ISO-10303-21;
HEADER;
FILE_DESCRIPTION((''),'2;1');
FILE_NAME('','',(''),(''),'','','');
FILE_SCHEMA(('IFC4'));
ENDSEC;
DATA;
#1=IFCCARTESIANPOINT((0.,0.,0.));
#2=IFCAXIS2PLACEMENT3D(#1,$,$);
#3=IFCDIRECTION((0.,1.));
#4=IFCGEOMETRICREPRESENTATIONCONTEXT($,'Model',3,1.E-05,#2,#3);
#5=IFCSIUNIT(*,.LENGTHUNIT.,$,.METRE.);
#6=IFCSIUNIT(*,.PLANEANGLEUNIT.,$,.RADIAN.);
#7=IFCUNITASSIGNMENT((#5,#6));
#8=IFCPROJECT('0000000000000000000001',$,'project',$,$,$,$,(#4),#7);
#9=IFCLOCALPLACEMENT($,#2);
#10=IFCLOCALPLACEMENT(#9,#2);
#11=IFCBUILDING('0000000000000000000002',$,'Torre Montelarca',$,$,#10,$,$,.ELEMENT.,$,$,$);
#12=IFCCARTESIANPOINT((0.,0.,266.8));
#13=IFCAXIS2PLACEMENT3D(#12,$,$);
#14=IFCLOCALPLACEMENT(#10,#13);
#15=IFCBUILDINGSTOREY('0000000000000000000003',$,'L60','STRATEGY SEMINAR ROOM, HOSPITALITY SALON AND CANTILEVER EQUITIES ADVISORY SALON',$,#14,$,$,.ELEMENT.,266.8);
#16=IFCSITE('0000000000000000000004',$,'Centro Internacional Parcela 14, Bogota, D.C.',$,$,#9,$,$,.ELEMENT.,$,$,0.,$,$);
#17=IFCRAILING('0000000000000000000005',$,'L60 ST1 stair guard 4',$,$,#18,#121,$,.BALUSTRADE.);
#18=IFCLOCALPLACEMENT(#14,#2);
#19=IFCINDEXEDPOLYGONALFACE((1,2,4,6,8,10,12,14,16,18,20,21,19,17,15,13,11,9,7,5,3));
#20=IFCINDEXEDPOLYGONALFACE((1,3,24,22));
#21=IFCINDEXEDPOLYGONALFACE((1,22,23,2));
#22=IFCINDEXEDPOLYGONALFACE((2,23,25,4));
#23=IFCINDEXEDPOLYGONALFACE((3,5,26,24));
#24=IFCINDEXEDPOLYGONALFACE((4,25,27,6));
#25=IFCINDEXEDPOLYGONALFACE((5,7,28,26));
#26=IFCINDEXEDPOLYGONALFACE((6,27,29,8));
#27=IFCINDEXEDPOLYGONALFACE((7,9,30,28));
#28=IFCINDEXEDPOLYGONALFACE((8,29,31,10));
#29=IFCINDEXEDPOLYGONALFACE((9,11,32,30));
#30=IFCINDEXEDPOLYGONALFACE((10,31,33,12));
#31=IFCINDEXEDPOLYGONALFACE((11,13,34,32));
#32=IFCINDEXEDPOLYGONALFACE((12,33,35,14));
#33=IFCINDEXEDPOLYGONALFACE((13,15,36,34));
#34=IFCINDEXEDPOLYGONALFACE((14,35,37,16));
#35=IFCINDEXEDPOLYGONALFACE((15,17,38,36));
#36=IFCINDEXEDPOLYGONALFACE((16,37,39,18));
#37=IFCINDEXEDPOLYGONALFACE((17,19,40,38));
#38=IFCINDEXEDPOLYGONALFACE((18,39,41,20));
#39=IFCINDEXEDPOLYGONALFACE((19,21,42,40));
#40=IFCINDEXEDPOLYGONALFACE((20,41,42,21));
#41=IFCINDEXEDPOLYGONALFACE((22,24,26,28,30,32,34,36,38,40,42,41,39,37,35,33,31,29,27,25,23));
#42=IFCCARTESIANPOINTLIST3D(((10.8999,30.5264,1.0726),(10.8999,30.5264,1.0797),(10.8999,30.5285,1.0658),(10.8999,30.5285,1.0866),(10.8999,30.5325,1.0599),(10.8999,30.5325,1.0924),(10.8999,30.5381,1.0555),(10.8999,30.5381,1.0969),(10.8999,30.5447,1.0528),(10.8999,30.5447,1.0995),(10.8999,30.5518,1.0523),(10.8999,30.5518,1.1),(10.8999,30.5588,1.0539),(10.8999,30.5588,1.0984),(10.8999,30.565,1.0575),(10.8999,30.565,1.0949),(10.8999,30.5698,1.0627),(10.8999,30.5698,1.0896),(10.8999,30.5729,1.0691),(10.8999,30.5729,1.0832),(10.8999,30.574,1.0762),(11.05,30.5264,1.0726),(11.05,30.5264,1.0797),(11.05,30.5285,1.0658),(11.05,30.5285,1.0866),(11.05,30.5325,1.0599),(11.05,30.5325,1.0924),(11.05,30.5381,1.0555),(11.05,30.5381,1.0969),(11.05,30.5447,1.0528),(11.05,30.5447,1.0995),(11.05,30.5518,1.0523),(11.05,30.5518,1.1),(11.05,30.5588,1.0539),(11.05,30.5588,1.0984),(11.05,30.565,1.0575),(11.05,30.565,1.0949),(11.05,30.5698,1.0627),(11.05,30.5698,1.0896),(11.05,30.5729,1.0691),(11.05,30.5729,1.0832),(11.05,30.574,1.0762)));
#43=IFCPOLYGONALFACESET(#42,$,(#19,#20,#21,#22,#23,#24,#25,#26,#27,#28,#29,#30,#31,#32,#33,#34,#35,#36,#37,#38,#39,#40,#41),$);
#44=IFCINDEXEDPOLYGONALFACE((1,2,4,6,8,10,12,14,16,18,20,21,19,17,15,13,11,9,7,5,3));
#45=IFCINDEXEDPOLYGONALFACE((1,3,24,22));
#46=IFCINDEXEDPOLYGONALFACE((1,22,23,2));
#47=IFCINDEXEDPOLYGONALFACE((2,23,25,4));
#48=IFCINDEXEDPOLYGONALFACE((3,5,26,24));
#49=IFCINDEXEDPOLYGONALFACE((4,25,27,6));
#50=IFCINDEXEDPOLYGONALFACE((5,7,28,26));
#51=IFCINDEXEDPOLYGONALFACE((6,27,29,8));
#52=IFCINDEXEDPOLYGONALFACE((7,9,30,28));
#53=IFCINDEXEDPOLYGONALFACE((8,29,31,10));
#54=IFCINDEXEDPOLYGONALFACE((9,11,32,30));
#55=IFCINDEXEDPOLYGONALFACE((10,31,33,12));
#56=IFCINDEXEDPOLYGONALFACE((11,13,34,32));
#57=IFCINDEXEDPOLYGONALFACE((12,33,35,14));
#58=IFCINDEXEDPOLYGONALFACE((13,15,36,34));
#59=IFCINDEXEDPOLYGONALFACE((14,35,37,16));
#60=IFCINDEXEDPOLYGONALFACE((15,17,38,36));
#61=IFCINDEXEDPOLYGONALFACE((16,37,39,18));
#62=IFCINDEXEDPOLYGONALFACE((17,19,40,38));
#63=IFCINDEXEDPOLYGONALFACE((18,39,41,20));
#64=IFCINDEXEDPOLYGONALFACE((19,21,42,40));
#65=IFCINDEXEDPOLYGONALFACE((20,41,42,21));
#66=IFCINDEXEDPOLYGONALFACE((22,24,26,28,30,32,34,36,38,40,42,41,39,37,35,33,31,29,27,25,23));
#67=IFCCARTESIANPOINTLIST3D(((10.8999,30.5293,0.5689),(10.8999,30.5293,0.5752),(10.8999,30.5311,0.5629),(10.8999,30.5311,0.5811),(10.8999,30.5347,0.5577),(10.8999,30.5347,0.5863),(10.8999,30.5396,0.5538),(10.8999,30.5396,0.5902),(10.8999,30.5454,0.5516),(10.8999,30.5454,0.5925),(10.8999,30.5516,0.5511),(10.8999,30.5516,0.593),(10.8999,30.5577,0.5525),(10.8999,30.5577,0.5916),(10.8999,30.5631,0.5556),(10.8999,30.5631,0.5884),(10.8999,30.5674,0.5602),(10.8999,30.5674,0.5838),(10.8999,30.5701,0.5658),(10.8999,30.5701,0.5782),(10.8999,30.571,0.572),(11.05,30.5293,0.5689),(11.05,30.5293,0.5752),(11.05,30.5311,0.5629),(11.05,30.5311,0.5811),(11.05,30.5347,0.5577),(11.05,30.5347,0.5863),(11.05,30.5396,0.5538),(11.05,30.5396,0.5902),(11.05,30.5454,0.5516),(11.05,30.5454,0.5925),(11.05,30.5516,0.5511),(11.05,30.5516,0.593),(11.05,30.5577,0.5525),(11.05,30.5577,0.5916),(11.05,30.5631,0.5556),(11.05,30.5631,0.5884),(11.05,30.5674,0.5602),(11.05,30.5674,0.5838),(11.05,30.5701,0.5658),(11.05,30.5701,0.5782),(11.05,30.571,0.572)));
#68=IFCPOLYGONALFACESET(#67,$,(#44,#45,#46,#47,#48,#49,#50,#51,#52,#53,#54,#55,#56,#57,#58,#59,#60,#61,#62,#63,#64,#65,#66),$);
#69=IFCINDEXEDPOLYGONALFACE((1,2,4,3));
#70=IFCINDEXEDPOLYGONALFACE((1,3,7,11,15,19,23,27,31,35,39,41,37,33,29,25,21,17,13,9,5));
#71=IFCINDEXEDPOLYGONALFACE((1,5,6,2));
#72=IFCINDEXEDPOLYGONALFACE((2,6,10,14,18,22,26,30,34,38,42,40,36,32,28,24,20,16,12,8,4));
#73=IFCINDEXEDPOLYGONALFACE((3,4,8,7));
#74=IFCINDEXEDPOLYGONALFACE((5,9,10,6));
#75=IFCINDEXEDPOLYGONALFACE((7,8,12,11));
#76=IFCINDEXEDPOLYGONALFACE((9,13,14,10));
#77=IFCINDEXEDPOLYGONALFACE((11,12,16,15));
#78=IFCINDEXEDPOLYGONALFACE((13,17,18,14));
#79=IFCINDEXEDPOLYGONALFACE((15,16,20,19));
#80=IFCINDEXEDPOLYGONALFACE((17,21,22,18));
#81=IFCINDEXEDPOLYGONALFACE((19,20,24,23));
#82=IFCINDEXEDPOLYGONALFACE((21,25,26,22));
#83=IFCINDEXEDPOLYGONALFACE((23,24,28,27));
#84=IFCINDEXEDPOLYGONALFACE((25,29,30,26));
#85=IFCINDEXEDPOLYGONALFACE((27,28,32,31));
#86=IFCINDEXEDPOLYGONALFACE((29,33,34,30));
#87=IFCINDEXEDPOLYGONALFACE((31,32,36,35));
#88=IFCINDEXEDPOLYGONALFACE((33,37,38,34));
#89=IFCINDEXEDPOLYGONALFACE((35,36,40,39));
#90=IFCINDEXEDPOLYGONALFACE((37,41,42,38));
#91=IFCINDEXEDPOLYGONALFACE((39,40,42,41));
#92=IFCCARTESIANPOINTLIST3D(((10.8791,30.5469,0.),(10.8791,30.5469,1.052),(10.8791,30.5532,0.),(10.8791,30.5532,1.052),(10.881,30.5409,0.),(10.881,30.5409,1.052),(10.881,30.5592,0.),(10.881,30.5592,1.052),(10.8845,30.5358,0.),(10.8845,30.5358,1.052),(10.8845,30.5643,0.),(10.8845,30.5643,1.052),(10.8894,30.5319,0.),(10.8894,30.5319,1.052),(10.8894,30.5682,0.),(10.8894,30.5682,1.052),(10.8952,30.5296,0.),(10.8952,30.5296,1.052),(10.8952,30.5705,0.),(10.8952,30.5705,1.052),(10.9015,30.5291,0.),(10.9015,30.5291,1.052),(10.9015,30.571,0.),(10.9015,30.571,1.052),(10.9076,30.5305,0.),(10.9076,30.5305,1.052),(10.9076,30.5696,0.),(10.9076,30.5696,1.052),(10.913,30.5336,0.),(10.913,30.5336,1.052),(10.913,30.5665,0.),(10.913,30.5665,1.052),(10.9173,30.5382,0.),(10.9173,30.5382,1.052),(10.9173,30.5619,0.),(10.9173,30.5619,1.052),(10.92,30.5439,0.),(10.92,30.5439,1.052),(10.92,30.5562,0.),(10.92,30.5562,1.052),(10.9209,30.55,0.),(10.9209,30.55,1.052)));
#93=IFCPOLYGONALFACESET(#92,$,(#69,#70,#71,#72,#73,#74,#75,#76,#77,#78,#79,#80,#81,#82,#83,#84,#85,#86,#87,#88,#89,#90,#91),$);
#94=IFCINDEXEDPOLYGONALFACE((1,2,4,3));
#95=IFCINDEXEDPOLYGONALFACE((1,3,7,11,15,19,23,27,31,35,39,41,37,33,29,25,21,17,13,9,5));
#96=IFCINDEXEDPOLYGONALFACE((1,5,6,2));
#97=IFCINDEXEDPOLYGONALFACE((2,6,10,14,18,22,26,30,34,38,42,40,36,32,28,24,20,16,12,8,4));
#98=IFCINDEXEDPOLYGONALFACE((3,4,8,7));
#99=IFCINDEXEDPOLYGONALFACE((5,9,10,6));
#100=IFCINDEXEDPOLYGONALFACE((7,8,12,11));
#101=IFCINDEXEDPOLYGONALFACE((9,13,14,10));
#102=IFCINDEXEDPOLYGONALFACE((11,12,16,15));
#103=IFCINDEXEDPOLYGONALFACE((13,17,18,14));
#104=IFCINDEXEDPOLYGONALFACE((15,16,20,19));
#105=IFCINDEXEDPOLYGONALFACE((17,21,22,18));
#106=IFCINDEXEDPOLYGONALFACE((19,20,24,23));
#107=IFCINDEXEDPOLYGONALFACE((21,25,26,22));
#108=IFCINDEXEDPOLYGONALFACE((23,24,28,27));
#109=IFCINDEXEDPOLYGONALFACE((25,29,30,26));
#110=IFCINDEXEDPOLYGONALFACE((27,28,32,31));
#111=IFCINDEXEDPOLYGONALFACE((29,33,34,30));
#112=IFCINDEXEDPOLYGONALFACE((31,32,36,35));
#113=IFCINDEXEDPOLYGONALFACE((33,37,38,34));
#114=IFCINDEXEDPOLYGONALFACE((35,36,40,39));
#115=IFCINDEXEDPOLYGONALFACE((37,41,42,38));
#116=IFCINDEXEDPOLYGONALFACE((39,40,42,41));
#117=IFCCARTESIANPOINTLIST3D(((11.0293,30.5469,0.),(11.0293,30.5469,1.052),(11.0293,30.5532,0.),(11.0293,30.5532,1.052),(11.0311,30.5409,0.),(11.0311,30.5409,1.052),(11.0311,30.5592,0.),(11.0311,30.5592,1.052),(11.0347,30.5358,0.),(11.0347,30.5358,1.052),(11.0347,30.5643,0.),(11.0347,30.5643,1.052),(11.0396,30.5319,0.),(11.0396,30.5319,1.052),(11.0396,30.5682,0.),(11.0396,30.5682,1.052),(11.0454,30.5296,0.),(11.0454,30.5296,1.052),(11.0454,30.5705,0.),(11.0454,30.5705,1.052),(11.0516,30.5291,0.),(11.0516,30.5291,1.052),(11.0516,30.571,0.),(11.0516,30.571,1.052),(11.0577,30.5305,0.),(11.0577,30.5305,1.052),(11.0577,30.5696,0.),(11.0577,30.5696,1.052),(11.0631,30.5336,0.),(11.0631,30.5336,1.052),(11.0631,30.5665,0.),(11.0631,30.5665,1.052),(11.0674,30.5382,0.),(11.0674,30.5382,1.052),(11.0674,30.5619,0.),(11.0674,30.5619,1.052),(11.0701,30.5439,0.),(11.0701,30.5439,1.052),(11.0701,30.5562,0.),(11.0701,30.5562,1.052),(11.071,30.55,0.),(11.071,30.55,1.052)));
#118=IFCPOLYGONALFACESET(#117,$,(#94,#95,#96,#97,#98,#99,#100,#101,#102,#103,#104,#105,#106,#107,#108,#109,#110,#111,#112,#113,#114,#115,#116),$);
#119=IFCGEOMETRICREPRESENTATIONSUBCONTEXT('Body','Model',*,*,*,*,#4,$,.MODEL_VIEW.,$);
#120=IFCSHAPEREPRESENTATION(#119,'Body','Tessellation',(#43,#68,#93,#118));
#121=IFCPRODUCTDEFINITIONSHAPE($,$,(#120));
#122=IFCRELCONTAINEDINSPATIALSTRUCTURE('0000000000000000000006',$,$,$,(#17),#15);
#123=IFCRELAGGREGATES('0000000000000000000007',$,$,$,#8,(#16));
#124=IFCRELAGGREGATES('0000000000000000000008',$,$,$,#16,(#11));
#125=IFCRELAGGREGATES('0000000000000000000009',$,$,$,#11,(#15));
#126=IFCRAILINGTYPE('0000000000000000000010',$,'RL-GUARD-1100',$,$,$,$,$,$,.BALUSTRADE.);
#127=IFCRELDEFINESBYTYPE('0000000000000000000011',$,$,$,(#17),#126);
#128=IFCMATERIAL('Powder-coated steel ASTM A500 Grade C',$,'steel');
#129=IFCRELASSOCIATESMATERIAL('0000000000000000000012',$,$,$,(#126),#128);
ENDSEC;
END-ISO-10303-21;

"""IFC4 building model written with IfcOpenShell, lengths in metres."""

from ifc_helpers import new_model, si_unit, direction, frame, origin, origin_2d, place, context, subcontext, project, spatial, circle, extrude, material, type_object, element, save


model = new_model("IFC4")

# Units and contexts
model_context = context("Model", 3, precision=1e-05, world=origin(), true_north=direction((0.0, 1.0)))
body_context = subcontext(model_context, "Body", "Model", "MODEL_VIEW")
ifc_project = project(units=[si_unit("LENGTHUNIT", "METRE"), si_unit("PLANEANGLEUNIT", "RADIAN")], contexts=[model_context])

# Site, building, storey
site_placement = place(None, origin())
site = spatial("IfcSite", under=ifc_project, at=site_placement, Name="Centro Internacional Parcela 14, Bogota, D.C.", CompositionType="ELEMENT", RefElevation=0.0)
building_placement = place(site_placement, origin())
building = spatial("IfcBuilding", under=site, at=building_placement, Name="Torre Montelarca", CompositionType="ELEMENT")
storey_placement = place(building_placement, frame((0.0, 0.0, 266.8)))
storey = spatial("IfcBuildingStorey", under=building, at=storey_placement, Name="L60", Description="STRATEGY SEMINAR ROOM, HOSPITALITY SALON AND CANTILEVER EQUITIES ADVISORY SALON", CompositionType="ELEMENT", Elevation=266.8)

# Railing
ifc_material_1 = material(Name="Powder-coated steel ASTM A500 Grade C", Category="steel")
railing_type_1 = type_object("IfcRailingType", Name="RL-GUARD-1100", PredefinedType="BALUSTRADE", material=ifc_material_1)
railing_1_placement = place(storey_placement, frame((10.8999, 30.55, 0.0)))
element("IfcRailing", 1, at=railing_1_placement, inside=storey, type_object=railing_type_1, Name="L60 ST1 stair guard 4", PredefinedType="BALUSTRADE", context=body_context, shape_type="SweptSolid", body=[
    extrude(circle(Radius=0.0239, at=origin_2d()), frame((0.0, 0.0, 1.0762), z_axis=(1.0, 0.0, 0.0), x_axis=(0.0, 1.0, 0.0)), (0.0, 0.0, 1.0), 0.1501),
    extrude(circle(Radius=0.021, at=origin_2d()), frame((0.0, 0.0, 0.572), z_axis=(1.0, 0.0, 0.0), x_axis=(0.0, 1.0, 0.0)), (0.0, 0.0, 1.0), 0.1501),
    extrude(circle(Radius=0.021, at=origin_2d()), origin(), (0.0, 0.0, 1.0), 1.052),
    extrude(circle(Radius=0.021, at=origin_2d()), frame((0.1501, 0.0, 0.0)), (0.0, 0.0, 1.0), 1.052),
])

save(model, "model.ifc")
